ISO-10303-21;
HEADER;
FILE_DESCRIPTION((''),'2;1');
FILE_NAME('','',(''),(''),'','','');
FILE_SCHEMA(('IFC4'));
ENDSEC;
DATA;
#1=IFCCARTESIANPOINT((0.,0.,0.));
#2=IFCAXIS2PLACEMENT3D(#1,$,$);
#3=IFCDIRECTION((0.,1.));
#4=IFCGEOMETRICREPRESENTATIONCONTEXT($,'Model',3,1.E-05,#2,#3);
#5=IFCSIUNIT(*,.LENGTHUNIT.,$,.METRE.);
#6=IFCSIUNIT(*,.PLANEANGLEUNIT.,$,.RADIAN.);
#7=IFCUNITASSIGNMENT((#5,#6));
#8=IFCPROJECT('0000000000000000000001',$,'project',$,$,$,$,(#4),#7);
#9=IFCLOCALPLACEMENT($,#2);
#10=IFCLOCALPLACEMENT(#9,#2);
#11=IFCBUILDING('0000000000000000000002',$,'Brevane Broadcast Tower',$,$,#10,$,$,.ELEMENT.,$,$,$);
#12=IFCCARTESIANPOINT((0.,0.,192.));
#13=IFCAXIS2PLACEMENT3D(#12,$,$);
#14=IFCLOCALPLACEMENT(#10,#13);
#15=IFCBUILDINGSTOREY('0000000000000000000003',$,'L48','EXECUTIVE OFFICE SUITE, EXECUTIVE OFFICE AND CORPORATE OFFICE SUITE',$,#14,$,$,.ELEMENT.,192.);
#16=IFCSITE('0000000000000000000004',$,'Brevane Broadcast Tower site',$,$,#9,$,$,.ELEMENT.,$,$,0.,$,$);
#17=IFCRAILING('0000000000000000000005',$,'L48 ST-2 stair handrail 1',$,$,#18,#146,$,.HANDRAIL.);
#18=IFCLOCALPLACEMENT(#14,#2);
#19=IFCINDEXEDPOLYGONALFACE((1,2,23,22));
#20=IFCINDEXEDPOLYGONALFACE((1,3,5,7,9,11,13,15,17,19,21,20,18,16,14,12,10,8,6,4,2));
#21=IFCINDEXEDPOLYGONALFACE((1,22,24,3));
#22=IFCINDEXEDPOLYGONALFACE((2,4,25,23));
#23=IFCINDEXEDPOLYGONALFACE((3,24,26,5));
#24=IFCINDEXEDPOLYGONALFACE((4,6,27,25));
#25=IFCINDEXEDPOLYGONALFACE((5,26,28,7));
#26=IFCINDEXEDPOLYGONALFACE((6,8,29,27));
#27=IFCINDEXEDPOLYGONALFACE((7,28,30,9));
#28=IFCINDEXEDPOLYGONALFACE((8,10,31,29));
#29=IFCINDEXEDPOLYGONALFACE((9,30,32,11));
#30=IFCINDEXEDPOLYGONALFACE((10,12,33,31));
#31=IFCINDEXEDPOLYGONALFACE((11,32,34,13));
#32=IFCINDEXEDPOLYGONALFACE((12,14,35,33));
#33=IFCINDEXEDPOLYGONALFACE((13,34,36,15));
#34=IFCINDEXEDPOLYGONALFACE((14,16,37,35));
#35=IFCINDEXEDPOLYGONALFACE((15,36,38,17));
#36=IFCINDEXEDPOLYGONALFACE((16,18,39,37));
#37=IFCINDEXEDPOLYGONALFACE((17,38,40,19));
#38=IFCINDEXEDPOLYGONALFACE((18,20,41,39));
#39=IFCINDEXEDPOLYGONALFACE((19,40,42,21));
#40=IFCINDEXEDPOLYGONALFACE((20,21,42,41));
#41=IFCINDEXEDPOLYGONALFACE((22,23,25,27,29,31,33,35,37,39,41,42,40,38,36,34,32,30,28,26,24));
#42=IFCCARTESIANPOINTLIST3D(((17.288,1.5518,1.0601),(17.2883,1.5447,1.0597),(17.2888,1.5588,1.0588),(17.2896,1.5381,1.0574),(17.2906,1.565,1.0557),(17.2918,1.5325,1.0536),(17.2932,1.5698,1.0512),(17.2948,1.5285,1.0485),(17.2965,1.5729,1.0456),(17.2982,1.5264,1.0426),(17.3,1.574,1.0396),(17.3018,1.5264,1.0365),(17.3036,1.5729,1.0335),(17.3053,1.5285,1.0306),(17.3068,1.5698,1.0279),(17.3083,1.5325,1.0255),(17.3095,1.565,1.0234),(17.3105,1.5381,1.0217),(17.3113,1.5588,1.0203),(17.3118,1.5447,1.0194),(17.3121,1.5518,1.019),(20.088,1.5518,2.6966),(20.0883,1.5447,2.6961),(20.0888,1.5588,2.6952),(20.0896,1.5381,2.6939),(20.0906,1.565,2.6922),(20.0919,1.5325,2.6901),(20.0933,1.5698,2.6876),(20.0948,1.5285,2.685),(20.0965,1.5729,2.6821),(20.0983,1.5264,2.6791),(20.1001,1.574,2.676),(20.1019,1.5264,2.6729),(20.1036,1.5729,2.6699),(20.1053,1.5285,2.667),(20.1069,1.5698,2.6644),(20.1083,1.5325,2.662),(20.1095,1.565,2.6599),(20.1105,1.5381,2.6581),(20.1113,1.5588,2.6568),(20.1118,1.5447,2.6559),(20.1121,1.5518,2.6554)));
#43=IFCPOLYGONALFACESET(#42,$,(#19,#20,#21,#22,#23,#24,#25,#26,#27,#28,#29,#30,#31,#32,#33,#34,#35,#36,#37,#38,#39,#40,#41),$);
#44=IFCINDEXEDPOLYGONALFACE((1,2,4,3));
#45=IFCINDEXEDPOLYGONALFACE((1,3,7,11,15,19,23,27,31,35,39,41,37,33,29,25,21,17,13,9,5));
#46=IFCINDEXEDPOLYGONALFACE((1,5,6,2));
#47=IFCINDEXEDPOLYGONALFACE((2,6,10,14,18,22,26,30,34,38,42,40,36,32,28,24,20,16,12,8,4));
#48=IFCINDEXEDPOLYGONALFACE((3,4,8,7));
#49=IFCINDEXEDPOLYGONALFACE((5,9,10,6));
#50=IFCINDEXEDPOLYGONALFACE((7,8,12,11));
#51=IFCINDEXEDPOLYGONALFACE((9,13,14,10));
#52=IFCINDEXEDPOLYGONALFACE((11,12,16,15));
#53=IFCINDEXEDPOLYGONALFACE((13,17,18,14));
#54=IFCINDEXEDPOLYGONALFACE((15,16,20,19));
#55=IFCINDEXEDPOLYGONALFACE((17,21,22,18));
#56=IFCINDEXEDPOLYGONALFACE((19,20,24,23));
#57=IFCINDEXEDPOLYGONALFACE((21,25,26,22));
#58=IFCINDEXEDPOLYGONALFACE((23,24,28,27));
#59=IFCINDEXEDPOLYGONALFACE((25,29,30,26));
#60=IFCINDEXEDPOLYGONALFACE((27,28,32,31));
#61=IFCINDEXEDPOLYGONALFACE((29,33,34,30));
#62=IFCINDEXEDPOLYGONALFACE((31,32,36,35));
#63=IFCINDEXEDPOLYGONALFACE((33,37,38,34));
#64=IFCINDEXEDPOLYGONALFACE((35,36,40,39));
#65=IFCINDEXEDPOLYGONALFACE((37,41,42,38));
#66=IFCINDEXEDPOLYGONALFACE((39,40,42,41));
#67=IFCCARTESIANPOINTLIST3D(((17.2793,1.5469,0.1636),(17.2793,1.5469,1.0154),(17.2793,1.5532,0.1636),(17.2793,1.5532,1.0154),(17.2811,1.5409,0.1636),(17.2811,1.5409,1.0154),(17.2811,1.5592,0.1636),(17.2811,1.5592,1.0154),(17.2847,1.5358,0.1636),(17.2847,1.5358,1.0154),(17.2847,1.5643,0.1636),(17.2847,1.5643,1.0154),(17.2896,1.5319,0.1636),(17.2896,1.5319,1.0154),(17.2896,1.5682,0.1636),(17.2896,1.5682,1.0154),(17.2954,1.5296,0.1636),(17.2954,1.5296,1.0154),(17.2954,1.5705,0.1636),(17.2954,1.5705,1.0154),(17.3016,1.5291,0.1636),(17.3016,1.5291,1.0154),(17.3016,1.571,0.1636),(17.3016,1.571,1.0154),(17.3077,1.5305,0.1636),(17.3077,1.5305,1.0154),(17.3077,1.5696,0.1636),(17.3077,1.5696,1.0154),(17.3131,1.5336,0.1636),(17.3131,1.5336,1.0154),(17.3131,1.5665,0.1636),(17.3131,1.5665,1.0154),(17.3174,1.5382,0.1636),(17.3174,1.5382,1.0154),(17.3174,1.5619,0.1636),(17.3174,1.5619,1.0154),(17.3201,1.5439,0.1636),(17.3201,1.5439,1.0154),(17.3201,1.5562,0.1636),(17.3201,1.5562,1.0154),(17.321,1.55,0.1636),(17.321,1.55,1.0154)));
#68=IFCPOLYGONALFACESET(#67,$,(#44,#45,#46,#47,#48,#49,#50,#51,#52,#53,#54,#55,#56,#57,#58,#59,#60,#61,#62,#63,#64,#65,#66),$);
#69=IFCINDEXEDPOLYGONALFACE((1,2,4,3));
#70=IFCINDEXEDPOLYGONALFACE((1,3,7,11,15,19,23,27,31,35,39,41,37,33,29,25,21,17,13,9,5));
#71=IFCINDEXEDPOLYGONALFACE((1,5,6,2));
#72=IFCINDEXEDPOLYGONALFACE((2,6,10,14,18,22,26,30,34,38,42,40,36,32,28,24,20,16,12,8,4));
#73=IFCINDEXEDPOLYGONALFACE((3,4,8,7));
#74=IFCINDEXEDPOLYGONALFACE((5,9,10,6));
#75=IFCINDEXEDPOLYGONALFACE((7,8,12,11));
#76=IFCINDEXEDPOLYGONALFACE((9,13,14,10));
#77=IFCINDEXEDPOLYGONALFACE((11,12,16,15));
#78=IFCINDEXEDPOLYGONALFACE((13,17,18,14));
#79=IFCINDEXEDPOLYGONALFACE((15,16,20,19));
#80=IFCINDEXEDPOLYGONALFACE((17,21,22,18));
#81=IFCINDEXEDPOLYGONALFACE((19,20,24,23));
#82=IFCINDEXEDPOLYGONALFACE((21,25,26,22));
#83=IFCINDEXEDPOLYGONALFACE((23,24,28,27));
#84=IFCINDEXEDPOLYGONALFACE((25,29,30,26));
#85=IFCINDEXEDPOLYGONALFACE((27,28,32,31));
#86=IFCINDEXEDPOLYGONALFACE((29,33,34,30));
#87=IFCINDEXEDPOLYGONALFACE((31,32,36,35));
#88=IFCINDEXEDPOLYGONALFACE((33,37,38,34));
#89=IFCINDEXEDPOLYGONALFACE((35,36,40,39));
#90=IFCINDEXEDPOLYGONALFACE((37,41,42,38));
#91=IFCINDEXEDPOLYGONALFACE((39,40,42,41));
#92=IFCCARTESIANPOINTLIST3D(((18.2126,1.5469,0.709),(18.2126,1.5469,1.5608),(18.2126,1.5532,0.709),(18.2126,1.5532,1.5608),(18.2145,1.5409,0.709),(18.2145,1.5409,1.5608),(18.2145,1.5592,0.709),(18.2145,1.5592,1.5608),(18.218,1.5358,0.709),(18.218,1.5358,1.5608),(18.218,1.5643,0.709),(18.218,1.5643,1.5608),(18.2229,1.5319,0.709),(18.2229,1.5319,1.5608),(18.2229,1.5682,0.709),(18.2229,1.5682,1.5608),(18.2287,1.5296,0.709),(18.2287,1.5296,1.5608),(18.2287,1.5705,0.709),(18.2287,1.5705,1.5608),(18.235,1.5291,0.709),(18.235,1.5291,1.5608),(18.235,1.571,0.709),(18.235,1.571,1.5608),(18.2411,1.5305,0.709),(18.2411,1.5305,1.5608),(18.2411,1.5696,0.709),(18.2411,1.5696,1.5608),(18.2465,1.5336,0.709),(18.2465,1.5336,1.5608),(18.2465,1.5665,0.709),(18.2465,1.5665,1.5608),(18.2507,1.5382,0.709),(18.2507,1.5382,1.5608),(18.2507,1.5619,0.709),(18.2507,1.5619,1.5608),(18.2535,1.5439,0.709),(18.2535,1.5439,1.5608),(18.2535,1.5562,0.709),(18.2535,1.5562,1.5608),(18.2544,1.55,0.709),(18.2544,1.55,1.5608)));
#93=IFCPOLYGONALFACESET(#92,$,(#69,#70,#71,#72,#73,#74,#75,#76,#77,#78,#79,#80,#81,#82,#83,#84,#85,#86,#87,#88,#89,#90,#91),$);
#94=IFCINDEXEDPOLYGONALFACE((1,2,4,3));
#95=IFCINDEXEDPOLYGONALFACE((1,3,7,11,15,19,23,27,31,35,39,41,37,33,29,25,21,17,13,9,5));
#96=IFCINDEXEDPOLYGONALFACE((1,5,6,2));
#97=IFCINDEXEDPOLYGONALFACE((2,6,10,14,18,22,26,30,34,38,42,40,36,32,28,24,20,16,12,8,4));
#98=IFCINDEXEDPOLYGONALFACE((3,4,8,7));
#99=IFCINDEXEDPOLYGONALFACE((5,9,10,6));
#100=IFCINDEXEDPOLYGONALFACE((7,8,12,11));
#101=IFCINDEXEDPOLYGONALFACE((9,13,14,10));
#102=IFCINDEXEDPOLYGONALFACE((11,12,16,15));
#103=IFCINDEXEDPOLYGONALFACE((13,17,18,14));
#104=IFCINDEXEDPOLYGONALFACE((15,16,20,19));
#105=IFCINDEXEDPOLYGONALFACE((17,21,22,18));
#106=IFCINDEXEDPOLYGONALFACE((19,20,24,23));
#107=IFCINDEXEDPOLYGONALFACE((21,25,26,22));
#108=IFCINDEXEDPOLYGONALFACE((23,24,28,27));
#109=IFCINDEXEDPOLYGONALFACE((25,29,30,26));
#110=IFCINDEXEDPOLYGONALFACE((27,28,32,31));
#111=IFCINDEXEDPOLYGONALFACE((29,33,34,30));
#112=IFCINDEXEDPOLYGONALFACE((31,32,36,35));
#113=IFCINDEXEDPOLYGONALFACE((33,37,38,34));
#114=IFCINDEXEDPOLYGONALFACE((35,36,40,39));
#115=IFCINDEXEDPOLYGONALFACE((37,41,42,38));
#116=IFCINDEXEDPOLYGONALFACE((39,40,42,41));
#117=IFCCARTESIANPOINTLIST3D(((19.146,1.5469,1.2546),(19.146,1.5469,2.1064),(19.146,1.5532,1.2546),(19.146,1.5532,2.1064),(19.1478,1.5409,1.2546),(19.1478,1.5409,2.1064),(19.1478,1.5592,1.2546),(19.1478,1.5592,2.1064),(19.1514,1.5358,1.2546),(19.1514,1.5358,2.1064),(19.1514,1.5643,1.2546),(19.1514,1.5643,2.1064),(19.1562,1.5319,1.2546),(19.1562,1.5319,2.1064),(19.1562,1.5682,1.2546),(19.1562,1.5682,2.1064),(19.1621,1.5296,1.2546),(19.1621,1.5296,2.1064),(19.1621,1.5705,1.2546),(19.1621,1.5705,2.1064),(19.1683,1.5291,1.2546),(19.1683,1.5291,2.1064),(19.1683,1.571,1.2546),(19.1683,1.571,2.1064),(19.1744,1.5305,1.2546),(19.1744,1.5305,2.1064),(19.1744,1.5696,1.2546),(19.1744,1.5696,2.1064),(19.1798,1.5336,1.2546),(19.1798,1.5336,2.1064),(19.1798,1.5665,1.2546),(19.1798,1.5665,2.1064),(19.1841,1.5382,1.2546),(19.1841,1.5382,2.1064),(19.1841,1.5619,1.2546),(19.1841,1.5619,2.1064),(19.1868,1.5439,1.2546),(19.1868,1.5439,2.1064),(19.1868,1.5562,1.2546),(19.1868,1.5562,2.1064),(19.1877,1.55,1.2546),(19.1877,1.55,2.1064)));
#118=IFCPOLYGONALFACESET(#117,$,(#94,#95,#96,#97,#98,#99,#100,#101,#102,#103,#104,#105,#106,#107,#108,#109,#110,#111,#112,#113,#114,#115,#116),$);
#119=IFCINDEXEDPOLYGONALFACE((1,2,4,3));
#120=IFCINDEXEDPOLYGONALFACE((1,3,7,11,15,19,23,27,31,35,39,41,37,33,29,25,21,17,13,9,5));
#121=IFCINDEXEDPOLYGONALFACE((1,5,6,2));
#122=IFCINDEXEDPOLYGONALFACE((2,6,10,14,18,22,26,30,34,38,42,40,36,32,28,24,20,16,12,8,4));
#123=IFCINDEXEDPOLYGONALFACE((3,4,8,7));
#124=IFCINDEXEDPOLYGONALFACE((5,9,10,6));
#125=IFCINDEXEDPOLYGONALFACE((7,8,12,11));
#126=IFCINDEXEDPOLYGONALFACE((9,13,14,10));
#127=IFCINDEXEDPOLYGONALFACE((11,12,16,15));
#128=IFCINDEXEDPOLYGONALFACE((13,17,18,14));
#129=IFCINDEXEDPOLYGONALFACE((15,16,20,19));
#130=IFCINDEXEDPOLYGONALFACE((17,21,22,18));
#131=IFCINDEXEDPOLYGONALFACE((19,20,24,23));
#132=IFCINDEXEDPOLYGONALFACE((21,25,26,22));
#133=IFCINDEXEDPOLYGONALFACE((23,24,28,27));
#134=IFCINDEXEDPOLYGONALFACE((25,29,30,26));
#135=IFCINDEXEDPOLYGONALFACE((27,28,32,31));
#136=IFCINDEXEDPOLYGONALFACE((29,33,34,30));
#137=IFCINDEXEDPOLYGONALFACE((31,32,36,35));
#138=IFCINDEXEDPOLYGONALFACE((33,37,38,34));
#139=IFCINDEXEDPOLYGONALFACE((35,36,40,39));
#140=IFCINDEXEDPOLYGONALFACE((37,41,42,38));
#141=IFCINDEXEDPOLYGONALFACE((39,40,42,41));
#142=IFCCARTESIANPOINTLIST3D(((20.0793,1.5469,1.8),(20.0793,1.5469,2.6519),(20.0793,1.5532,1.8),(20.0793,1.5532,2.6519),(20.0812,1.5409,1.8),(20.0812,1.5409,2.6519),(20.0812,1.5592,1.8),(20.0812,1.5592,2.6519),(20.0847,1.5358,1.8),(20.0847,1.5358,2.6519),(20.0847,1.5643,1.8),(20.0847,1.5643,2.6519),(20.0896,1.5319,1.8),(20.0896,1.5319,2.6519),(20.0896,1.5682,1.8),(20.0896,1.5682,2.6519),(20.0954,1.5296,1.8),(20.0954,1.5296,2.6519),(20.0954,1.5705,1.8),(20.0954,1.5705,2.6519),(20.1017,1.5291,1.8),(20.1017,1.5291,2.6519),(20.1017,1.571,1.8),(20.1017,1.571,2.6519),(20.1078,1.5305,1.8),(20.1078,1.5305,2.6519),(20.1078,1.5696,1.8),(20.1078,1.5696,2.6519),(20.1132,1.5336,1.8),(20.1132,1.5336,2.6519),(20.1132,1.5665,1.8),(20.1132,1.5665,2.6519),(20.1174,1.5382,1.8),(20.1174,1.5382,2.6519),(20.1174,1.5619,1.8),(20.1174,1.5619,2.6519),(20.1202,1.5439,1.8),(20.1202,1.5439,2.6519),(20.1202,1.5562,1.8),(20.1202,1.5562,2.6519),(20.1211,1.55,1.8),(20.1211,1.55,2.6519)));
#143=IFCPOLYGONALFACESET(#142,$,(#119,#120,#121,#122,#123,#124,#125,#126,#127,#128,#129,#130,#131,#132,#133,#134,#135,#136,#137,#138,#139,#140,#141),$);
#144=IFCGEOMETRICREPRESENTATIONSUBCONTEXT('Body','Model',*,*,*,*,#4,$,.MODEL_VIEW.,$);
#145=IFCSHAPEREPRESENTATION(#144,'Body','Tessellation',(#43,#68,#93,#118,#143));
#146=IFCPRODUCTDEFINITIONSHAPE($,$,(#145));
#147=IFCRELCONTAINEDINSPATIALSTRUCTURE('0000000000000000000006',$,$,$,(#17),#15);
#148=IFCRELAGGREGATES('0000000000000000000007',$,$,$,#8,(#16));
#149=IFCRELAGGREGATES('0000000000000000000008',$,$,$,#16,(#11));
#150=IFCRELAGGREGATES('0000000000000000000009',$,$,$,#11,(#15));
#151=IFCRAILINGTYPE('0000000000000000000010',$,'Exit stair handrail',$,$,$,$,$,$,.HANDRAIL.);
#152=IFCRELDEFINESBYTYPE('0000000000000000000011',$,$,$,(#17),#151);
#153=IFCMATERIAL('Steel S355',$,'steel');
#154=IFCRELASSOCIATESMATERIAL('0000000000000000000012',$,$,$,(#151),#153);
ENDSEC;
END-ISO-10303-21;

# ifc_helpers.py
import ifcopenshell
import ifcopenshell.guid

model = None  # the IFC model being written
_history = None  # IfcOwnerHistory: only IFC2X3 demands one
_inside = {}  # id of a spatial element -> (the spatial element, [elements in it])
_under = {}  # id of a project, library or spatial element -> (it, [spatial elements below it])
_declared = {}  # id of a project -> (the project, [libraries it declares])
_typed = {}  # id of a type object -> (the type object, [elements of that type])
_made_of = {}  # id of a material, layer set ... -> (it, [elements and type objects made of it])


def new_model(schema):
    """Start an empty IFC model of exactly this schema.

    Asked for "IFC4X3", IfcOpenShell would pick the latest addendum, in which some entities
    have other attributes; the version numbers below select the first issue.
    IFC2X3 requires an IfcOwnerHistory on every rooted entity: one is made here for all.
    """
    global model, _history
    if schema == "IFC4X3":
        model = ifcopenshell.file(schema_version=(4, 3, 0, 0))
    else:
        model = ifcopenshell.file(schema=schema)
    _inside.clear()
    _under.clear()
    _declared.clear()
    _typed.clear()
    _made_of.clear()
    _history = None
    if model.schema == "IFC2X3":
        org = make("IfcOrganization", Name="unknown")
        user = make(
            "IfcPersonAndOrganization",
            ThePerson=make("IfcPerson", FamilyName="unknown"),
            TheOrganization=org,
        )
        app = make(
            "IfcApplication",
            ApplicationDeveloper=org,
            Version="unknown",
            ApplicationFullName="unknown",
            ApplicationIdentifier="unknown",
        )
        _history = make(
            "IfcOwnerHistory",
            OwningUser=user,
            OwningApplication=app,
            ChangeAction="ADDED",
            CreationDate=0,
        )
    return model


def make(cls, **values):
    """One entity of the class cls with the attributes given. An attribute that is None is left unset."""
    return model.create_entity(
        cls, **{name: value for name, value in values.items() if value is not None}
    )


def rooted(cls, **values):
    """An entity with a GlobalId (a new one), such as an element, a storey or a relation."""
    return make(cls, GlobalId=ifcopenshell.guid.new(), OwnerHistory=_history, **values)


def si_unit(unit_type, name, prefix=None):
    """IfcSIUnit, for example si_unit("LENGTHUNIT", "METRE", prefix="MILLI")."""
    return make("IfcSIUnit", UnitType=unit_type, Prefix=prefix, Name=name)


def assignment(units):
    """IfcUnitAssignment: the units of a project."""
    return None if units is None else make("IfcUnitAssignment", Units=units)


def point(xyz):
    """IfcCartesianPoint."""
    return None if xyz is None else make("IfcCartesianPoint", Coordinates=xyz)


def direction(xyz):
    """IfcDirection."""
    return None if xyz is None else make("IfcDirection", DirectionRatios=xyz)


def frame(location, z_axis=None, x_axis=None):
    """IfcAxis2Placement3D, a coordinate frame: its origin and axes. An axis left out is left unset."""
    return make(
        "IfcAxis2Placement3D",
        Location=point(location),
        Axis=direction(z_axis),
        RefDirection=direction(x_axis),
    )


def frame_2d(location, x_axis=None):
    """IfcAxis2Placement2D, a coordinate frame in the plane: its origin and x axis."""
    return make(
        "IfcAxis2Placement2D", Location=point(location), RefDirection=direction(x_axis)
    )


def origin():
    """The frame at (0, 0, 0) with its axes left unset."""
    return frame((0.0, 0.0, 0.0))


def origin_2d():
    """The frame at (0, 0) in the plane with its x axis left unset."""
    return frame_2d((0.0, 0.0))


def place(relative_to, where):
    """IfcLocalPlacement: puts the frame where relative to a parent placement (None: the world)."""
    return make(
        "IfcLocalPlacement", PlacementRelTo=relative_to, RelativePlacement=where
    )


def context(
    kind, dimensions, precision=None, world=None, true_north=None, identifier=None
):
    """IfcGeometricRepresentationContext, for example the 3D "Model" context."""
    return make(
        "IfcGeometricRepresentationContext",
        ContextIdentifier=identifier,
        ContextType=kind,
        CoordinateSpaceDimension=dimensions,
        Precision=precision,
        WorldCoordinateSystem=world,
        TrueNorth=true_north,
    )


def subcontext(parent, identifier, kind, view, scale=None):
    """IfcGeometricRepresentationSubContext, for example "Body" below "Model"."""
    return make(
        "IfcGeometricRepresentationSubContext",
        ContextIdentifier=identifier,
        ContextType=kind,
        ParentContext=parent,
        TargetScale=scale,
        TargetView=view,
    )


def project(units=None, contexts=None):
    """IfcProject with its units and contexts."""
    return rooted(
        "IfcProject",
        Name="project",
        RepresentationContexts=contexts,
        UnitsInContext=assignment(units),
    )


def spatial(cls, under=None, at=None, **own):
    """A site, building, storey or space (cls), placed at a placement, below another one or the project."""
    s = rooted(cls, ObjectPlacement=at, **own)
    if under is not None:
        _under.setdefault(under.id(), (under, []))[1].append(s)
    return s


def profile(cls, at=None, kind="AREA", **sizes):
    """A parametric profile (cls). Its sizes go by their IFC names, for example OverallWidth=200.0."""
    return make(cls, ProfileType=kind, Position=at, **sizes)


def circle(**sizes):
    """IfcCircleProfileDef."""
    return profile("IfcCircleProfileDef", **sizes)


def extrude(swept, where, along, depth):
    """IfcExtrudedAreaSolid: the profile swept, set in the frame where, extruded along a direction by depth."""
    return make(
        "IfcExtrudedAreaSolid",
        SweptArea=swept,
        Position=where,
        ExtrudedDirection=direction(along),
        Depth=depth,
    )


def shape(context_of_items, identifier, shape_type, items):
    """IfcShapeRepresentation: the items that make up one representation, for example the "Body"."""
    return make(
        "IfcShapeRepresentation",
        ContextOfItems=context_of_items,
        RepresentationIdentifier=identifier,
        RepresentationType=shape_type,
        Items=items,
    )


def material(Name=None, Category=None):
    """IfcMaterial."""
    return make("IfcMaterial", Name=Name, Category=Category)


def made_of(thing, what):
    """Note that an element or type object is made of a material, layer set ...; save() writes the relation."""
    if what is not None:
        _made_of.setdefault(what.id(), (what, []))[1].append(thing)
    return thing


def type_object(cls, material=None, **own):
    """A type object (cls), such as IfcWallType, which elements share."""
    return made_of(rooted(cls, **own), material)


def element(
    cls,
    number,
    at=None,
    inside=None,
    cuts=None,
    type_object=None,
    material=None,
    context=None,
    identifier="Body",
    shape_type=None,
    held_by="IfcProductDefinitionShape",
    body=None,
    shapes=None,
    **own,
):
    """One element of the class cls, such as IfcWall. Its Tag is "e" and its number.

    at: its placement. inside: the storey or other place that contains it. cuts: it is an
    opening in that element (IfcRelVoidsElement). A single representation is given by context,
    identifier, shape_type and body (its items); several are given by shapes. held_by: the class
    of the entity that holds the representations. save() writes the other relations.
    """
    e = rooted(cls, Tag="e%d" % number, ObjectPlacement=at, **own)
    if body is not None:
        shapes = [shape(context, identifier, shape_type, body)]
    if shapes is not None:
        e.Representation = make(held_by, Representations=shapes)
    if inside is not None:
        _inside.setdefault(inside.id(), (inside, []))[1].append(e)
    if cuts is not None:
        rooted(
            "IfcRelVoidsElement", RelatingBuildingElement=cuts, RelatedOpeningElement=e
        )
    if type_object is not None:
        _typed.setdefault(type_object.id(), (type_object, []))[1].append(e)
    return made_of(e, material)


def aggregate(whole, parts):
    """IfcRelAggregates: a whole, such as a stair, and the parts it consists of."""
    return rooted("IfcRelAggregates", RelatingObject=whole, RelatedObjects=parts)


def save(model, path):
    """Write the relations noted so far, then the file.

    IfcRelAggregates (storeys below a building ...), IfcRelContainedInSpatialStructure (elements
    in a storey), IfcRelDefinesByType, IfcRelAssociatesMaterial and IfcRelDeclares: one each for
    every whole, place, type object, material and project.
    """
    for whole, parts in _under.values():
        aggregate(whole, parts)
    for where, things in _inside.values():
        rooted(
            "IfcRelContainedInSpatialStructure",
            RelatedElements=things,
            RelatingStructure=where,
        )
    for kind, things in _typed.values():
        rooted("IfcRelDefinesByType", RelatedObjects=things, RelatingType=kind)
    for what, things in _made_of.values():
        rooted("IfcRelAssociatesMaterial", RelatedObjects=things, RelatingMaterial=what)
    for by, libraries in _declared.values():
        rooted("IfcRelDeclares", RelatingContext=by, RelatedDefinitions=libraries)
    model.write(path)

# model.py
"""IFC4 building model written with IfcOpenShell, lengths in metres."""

from ifc_helpers import new_model, si_unit, direction, frame, origin, origin_2d, place, context, subcontext, project, spatial, circle, extrude, material, type_object, element, save


model = new_model("IFC4")

# Units and contexts
model_context = context("Model", 3, precision=1e-05, world=origin(), true_north=direction((0.0, 1.0)))
body_context = subcontext(model_context, "Body", "Model", "MODEL_VIEW")
ifc_project = project(units=[si_unit("LENGTHUNIT", "METRE"), si_unit("PLANEANGLEUNIT", "RADIAN")], contexts=[model_context])

# Site, building, storey
site_placement = place(None, origin())
site = spatial("IfcSite", under=ifc_project, at=site_placement, Name="Brevane Broadcast Tower site", CompositionType="ELEMENT", RefElevation=0.0)
building_placement = place(site_placement, origin())
building = spatial("IfcBuilding", under=site, at=building_placement, Name="Brevane Broadcast Tower", CompositionType="ELEMENT")
storey_placement = place(building_placement, frame((0.0, 0.0, 192.0)))
storey = spatial("IfcBuildingStorey", under=building, at=storey_placement, Name="L48", Description="EXECUTIVE OFFICE SUITE, EXECUTIVE OFFICE AND CORPORATE OFFICE SUITE", CompositionType="ELEMENT", Elevation=192.0)

# Railing
ifc_material_1 = material(Name="Steel S355", Category="steel")
railing_type_1 = type_object("IfcRailingType", Name="Exit stair handrail", PredefinedType="HANDRAIL", material=ifc_material_1)
railing_1_placement = place(storey_placement, frame((17.3, 1.55, 0.1636)))
element("IfcRailing", 1, at=railing_1_placement, inside=storey, type_object=railing_type_1, Name="L48 ST-2 stair handrail 1", PredefinedType="HANDRAIL", context=body_context, shape_type="SweptSolid", body=[
    extrude(circle(Radius=0.0239, at=origin_2d()), frame((0.0, 0.0, 0.876), z_axis=(0.863361, 0.0, 0.504587), x_axis=(0.0, 1.0, 0.0)), (0.0, 0.0, 1.0), 3.2432),
    extrude(circle(Radius=0.021, at=origin_2d()), origin(), (0.0, 0.0, 1.0), 0.8518),
    extrude(circle(Radius=0.021, at=origin_2d()), frame((0.9333, 0.0, 0.5454)), (0.0, 0.0, 1.0), 0.8518),
    extrude(circle(Radius=0.021, at=origin_2d()), frame((1.8667, 0.0, 1.0911)), (0.0, 0.0, 1.0), 0.8518),
    extrude(circle(Radius=0.021, at=origin_2d()), frame((2.8, 0.0, 1.6365)), (0.0, 0.0, 1.0), 0.8518),
])

save(model, "model.ifc")
